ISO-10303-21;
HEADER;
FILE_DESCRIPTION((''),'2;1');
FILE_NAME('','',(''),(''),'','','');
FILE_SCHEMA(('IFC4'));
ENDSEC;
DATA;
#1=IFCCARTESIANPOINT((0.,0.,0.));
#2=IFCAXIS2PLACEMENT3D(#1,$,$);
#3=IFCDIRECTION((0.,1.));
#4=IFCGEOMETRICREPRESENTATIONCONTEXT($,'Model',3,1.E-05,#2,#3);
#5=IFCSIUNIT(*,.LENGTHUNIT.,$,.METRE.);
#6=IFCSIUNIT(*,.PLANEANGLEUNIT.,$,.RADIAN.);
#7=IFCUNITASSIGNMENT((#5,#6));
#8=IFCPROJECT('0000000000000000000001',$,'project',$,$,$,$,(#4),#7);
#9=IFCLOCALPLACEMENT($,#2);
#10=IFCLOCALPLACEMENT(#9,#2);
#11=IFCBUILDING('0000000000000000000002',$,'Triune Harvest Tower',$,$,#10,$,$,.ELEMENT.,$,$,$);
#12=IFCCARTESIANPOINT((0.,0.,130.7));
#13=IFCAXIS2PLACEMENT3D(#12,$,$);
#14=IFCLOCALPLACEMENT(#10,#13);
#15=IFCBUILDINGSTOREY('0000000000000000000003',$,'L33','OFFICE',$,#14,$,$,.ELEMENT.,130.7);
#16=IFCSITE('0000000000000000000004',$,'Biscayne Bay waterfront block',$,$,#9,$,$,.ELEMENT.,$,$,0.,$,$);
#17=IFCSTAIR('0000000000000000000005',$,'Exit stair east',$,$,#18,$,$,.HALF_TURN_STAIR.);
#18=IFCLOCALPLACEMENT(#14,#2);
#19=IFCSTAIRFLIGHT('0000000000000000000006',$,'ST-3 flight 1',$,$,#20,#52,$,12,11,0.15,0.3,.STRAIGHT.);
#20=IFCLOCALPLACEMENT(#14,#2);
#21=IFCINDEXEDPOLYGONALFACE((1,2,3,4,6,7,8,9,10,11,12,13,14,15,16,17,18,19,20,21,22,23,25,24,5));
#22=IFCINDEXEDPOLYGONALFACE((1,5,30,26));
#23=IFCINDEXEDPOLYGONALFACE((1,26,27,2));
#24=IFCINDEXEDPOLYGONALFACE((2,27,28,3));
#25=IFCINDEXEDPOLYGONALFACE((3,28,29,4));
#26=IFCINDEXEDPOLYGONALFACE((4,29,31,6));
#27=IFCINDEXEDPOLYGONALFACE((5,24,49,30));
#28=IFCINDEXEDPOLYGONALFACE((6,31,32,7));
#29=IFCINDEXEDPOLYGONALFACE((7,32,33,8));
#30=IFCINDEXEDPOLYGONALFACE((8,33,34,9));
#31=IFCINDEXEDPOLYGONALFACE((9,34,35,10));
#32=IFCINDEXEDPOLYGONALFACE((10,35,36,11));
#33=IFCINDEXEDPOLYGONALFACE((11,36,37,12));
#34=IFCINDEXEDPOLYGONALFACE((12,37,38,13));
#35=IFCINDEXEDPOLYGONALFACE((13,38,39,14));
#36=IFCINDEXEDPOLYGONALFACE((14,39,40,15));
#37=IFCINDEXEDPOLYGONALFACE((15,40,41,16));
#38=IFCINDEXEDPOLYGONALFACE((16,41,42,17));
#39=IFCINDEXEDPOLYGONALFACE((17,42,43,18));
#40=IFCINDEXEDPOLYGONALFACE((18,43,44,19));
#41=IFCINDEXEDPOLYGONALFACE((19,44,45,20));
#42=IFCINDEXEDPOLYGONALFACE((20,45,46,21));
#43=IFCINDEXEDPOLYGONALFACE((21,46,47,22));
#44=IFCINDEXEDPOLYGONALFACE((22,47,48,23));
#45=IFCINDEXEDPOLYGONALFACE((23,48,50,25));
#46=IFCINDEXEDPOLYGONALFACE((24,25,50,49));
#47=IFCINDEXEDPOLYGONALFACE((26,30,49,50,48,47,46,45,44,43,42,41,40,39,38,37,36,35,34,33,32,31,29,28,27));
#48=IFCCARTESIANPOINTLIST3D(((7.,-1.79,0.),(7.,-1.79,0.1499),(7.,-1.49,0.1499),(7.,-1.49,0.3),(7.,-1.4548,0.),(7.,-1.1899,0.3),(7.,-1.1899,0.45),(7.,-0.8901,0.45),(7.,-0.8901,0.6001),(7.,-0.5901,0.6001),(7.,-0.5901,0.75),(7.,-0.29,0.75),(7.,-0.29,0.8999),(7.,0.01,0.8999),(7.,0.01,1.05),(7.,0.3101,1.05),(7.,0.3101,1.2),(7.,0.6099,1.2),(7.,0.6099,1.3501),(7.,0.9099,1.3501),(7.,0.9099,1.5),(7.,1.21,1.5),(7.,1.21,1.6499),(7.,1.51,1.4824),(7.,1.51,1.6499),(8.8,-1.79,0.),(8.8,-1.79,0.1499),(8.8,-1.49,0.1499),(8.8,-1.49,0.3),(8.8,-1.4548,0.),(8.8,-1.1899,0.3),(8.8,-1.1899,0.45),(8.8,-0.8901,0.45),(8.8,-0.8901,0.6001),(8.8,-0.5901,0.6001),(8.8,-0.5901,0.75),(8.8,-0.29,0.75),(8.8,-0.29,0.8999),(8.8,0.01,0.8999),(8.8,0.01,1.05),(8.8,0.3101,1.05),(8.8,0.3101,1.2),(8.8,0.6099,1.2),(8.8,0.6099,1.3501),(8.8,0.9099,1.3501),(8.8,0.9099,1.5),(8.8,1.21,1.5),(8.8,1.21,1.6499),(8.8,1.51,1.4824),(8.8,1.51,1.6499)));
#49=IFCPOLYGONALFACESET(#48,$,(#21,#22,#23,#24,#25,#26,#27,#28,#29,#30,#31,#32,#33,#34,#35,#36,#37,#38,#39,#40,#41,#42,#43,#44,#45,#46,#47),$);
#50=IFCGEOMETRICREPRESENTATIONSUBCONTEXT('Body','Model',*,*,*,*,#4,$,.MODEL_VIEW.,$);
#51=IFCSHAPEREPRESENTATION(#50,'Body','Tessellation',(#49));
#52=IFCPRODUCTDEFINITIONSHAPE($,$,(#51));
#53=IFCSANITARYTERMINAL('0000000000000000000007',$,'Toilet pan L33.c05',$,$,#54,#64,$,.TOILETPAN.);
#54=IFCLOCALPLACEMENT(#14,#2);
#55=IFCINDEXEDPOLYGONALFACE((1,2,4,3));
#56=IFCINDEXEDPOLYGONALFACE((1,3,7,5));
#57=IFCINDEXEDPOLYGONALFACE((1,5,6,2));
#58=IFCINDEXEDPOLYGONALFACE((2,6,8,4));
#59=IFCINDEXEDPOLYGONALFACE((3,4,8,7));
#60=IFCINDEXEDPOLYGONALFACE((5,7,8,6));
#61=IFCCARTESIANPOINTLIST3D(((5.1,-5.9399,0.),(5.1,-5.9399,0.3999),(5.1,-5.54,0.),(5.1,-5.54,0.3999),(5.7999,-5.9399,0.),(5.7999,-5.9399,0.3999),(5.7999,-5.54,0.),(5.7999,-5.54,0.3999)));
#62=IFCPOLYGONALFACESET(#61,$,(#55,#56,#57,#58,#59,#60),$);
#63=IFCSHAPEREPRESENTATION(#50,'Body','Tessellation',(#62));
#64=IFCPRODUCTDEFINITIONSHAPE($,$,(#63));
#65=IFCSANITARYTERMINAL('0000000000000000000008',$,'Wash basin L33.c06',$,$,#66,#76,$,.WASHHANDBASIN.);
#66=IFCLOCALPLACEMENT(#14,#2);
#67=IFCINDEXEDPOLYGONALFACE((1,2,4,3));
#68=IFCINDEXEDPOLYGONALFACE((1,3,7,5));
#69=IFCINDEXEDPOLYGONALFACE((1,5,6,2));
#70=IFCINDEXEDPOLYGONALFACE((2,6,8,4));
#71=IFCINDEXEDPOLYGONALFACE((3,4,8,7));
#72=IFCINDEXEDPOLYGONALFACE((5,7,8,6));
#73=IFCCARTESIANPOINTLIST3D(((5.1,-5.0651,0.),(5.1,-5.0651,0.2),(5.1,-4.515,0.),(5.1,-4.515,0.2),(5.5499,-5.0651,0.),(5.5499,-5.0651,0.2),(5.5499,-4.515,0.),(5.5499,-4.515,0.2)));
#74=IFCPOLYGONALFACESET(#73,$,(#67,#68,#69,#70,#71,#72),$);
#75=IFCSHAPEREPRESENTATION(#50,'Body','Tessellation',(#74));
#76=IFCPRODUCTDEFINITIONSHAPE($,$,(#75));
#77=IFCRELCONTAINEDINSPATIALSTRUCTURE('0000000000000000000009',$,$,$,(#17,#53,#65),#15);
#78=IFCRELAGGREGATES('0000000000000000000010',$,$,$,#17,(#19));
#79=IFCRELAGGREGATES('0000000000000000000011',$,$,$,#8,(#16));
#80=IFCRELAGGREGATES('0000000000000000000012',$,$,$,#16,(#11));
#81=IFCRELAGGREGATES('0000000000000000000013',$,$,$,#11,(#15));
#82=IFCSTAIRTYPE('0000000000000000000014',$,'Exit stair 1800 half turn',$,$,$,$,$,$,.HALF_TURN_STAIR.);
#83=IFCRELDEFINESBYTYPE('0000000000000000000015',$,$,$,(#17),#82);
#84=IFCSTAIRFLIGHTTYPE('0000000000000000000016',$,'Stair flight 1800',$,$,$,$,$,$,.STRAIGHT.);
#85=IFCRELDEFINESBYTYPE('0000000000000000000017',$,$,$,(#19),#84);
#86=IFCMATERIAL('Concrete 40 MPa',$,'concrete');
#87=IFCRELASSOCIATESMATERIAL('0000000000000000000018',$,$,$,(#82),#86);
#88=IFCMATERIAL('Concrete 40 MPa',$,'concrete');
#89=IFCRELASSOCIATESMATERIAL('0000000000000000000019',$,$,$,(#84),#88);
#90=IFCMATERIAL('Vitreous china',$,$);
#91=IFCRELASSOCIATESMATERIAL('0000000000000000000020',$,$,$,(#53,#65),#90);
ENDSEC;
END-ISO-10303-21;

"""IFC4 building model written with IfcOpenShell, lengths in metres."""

from ifc_helpers import new_model, si_unit, direction, frame, origin, origin_2d, place, context, subcontext, project, spatial, polyline, rectangle, outline, extrude, source, transform, mapped, material, type_object, element, aggregate, save


model = new_model("IFC4")

# Units and contexts
model_context = context("Model", 3, precision=1e-05, world=origin(), true_north=direction((0.0, 1.0)))
body_context = subcontext(model_context, "Body", "Model", "MODEL_VIEW")
ifc_project = project(units=[si_unit("LENGTHUNIT", "METRE"), si_unit("PLANEANGLEUNIT", "RADIAN")], contexts=[model_context])

# Site, building, storey
site_placement = place(None, origin())
site = spatial("IfcSite", under=ifc_project, at=site_placement, Name="Biscayne Bay waterfront block", CompositionType="ELEMENT", RefElevation=0.0)
building_placement = place(site_placement, origin())
building = spatial("IfcBuilding", under=site, at=building_placement, Name="Triune Harvest Tower", CompositionType="ELEMENT")
storey_placement = place(building_placement, frame((0.0, 0.0, 130.7)))
storey = spatial("IfcBuildingStorey", under=building, at=storey_placement, Name="L33", Description="OFFICE", CompositionType="ELEMENT", Elevation=130.7)

# Stair, stair flight
ifc_material_1 = material(Name="Concrete 40 MPa", Category="concrete")
stair_type = type_object("IfcStairType", Name="Exit stair 1800 half turn", PredefinedType="HALF_TURN_STAIR", material=ifc_material_1)
stair_placement = place(storey_placement, origin())
stair = element("IfcStair", 1, at=stair_placement, inside=storey, type_object=stair_type, Name="Exit stair east", PredefinedType="HALF_TURN_STAIR")
ifc_material_2 = material(Name="Concrete 40 MPa", Category="concrete")
stair_flight_type = type_object("IfcStairFlightType", Name="Stair flight 1800", PredefinedType="STRAIGHT", material=ifc_material_2)
shared_shape_1 = source(origin(), body_context, "Body", "SweptSolid", [
    extrude(outline(polyline([(0.0, 0.0), (0.0, 0.1499), (0.3, 0.1499), (0.3, 0.3), (0.6001, 0.3), (0.6001, 0.45), (0.8999, 0.45), (0.8999, 0.6001), (1.2, 0.6001), (1.2, 0.75), (1.5, 0.75), (1.5, 0.8999), (1.8, 0.8999), (1.8, 1.05), (2.1001, 1.05), (2.1001, 1.2), (2.3999, 1.2), (2.3999, 1.3501), (2.7, 1.3501), (2.7, 1.5), (3.0, 1.5), (3.0, 1.6499), (3.3, 1.6499), (3.3, 1.8), (3.3, 1.4824), (0.3352, 0.0), (0.0, 0.0)])), frame((0.0, 0.8999, 0.0), z_axis=(0.0, -1.0, 0.0), x_axis=(1.0, 0.0, 0.0)), (0.0, 0.0, 1.0), 1.8),
])
stair_flight_placement = place(storey_placement, frame((7.8999, -1.79, 0.0), z_axis=(0.0, 0.0, 1.0), x_axis=(0.0, 1.0, 0.0)))
stair_flight = element("IfcStairFlight", 2, at=stair_flight_placement, type_object=stair_flight_type, Name="ST-3 flight 1", NumberOfRisers=12, NumberOfTreads=11, PredefinedType="STRAIGHT", RiserHeight=0.15, TreadLength=0.3, context=body_context, shape_type="MappedRepresentation", body=[
    mapped(shared_shape_1, transform((0.0, 0.0, 0.0), scale=1.0)),
])
aggregate(stair, [stair_flight])

# Sanitary terminals
ifc_material_3 = material(Name="Vitreous china")
shared_shape_2 = source(origin(), body_context, "Body", "SweptSolid", [
    extrude(rectangle(XDim=0.3999, YDim=0.7, at=origin_2d()), origin(), (0.0, 0.0, 1.0), 0.3999),
])
sanitary_terminal_1_placement = place(storey_placement, frame((5.45, -5.74, 0.0), z_axis=(0.0, 0.0, 1.0), x_axis=(0.0, 1.0, 0.0)))
element("IfcSanitaryTerminal", 3, at=sanitary_terminal_1_placement, inside=storey, material=ifc_material_3, Name="Toilet pan L33.c05", PredefinedType="TOILETPAN", context=body_context, shape_type="MappedRepresentation", body=[
    mapped(shared_shape_2, transform((0.0, 0.0, 0.0), scale=1.0)),
])
shared_shape_3 = source(origin(), body_context, "Body", "SweptSolid", [
    extrude(rectangle(XDim=0.55, YDim=0.45, at=origin_2d()), origin(), (0.0, 0.0, 1.0), 0.2),
])
sanitary_terminal_2_placement = place(storey_placement, frame((5.325, -4.79, 0.0), z_axis=(0.0, 0.0, 1.0), x_axis=(0.0, 1.0, 0.0)))
element("IfcSanitaryTerminal", 4, at=sanitary_terminal_2_placement, inside=storey, material=ifc_material_3, Name="Wash basin L33.c06", PredefinedType="WASHHANDBASIN", context=body_context, shape_type="MappedRepresentation", body=[
    mapped(shared_shape_3, transform((0.0, 0.0, 0.0), scale=1.0)),
])

save(model, "model.ifc")
